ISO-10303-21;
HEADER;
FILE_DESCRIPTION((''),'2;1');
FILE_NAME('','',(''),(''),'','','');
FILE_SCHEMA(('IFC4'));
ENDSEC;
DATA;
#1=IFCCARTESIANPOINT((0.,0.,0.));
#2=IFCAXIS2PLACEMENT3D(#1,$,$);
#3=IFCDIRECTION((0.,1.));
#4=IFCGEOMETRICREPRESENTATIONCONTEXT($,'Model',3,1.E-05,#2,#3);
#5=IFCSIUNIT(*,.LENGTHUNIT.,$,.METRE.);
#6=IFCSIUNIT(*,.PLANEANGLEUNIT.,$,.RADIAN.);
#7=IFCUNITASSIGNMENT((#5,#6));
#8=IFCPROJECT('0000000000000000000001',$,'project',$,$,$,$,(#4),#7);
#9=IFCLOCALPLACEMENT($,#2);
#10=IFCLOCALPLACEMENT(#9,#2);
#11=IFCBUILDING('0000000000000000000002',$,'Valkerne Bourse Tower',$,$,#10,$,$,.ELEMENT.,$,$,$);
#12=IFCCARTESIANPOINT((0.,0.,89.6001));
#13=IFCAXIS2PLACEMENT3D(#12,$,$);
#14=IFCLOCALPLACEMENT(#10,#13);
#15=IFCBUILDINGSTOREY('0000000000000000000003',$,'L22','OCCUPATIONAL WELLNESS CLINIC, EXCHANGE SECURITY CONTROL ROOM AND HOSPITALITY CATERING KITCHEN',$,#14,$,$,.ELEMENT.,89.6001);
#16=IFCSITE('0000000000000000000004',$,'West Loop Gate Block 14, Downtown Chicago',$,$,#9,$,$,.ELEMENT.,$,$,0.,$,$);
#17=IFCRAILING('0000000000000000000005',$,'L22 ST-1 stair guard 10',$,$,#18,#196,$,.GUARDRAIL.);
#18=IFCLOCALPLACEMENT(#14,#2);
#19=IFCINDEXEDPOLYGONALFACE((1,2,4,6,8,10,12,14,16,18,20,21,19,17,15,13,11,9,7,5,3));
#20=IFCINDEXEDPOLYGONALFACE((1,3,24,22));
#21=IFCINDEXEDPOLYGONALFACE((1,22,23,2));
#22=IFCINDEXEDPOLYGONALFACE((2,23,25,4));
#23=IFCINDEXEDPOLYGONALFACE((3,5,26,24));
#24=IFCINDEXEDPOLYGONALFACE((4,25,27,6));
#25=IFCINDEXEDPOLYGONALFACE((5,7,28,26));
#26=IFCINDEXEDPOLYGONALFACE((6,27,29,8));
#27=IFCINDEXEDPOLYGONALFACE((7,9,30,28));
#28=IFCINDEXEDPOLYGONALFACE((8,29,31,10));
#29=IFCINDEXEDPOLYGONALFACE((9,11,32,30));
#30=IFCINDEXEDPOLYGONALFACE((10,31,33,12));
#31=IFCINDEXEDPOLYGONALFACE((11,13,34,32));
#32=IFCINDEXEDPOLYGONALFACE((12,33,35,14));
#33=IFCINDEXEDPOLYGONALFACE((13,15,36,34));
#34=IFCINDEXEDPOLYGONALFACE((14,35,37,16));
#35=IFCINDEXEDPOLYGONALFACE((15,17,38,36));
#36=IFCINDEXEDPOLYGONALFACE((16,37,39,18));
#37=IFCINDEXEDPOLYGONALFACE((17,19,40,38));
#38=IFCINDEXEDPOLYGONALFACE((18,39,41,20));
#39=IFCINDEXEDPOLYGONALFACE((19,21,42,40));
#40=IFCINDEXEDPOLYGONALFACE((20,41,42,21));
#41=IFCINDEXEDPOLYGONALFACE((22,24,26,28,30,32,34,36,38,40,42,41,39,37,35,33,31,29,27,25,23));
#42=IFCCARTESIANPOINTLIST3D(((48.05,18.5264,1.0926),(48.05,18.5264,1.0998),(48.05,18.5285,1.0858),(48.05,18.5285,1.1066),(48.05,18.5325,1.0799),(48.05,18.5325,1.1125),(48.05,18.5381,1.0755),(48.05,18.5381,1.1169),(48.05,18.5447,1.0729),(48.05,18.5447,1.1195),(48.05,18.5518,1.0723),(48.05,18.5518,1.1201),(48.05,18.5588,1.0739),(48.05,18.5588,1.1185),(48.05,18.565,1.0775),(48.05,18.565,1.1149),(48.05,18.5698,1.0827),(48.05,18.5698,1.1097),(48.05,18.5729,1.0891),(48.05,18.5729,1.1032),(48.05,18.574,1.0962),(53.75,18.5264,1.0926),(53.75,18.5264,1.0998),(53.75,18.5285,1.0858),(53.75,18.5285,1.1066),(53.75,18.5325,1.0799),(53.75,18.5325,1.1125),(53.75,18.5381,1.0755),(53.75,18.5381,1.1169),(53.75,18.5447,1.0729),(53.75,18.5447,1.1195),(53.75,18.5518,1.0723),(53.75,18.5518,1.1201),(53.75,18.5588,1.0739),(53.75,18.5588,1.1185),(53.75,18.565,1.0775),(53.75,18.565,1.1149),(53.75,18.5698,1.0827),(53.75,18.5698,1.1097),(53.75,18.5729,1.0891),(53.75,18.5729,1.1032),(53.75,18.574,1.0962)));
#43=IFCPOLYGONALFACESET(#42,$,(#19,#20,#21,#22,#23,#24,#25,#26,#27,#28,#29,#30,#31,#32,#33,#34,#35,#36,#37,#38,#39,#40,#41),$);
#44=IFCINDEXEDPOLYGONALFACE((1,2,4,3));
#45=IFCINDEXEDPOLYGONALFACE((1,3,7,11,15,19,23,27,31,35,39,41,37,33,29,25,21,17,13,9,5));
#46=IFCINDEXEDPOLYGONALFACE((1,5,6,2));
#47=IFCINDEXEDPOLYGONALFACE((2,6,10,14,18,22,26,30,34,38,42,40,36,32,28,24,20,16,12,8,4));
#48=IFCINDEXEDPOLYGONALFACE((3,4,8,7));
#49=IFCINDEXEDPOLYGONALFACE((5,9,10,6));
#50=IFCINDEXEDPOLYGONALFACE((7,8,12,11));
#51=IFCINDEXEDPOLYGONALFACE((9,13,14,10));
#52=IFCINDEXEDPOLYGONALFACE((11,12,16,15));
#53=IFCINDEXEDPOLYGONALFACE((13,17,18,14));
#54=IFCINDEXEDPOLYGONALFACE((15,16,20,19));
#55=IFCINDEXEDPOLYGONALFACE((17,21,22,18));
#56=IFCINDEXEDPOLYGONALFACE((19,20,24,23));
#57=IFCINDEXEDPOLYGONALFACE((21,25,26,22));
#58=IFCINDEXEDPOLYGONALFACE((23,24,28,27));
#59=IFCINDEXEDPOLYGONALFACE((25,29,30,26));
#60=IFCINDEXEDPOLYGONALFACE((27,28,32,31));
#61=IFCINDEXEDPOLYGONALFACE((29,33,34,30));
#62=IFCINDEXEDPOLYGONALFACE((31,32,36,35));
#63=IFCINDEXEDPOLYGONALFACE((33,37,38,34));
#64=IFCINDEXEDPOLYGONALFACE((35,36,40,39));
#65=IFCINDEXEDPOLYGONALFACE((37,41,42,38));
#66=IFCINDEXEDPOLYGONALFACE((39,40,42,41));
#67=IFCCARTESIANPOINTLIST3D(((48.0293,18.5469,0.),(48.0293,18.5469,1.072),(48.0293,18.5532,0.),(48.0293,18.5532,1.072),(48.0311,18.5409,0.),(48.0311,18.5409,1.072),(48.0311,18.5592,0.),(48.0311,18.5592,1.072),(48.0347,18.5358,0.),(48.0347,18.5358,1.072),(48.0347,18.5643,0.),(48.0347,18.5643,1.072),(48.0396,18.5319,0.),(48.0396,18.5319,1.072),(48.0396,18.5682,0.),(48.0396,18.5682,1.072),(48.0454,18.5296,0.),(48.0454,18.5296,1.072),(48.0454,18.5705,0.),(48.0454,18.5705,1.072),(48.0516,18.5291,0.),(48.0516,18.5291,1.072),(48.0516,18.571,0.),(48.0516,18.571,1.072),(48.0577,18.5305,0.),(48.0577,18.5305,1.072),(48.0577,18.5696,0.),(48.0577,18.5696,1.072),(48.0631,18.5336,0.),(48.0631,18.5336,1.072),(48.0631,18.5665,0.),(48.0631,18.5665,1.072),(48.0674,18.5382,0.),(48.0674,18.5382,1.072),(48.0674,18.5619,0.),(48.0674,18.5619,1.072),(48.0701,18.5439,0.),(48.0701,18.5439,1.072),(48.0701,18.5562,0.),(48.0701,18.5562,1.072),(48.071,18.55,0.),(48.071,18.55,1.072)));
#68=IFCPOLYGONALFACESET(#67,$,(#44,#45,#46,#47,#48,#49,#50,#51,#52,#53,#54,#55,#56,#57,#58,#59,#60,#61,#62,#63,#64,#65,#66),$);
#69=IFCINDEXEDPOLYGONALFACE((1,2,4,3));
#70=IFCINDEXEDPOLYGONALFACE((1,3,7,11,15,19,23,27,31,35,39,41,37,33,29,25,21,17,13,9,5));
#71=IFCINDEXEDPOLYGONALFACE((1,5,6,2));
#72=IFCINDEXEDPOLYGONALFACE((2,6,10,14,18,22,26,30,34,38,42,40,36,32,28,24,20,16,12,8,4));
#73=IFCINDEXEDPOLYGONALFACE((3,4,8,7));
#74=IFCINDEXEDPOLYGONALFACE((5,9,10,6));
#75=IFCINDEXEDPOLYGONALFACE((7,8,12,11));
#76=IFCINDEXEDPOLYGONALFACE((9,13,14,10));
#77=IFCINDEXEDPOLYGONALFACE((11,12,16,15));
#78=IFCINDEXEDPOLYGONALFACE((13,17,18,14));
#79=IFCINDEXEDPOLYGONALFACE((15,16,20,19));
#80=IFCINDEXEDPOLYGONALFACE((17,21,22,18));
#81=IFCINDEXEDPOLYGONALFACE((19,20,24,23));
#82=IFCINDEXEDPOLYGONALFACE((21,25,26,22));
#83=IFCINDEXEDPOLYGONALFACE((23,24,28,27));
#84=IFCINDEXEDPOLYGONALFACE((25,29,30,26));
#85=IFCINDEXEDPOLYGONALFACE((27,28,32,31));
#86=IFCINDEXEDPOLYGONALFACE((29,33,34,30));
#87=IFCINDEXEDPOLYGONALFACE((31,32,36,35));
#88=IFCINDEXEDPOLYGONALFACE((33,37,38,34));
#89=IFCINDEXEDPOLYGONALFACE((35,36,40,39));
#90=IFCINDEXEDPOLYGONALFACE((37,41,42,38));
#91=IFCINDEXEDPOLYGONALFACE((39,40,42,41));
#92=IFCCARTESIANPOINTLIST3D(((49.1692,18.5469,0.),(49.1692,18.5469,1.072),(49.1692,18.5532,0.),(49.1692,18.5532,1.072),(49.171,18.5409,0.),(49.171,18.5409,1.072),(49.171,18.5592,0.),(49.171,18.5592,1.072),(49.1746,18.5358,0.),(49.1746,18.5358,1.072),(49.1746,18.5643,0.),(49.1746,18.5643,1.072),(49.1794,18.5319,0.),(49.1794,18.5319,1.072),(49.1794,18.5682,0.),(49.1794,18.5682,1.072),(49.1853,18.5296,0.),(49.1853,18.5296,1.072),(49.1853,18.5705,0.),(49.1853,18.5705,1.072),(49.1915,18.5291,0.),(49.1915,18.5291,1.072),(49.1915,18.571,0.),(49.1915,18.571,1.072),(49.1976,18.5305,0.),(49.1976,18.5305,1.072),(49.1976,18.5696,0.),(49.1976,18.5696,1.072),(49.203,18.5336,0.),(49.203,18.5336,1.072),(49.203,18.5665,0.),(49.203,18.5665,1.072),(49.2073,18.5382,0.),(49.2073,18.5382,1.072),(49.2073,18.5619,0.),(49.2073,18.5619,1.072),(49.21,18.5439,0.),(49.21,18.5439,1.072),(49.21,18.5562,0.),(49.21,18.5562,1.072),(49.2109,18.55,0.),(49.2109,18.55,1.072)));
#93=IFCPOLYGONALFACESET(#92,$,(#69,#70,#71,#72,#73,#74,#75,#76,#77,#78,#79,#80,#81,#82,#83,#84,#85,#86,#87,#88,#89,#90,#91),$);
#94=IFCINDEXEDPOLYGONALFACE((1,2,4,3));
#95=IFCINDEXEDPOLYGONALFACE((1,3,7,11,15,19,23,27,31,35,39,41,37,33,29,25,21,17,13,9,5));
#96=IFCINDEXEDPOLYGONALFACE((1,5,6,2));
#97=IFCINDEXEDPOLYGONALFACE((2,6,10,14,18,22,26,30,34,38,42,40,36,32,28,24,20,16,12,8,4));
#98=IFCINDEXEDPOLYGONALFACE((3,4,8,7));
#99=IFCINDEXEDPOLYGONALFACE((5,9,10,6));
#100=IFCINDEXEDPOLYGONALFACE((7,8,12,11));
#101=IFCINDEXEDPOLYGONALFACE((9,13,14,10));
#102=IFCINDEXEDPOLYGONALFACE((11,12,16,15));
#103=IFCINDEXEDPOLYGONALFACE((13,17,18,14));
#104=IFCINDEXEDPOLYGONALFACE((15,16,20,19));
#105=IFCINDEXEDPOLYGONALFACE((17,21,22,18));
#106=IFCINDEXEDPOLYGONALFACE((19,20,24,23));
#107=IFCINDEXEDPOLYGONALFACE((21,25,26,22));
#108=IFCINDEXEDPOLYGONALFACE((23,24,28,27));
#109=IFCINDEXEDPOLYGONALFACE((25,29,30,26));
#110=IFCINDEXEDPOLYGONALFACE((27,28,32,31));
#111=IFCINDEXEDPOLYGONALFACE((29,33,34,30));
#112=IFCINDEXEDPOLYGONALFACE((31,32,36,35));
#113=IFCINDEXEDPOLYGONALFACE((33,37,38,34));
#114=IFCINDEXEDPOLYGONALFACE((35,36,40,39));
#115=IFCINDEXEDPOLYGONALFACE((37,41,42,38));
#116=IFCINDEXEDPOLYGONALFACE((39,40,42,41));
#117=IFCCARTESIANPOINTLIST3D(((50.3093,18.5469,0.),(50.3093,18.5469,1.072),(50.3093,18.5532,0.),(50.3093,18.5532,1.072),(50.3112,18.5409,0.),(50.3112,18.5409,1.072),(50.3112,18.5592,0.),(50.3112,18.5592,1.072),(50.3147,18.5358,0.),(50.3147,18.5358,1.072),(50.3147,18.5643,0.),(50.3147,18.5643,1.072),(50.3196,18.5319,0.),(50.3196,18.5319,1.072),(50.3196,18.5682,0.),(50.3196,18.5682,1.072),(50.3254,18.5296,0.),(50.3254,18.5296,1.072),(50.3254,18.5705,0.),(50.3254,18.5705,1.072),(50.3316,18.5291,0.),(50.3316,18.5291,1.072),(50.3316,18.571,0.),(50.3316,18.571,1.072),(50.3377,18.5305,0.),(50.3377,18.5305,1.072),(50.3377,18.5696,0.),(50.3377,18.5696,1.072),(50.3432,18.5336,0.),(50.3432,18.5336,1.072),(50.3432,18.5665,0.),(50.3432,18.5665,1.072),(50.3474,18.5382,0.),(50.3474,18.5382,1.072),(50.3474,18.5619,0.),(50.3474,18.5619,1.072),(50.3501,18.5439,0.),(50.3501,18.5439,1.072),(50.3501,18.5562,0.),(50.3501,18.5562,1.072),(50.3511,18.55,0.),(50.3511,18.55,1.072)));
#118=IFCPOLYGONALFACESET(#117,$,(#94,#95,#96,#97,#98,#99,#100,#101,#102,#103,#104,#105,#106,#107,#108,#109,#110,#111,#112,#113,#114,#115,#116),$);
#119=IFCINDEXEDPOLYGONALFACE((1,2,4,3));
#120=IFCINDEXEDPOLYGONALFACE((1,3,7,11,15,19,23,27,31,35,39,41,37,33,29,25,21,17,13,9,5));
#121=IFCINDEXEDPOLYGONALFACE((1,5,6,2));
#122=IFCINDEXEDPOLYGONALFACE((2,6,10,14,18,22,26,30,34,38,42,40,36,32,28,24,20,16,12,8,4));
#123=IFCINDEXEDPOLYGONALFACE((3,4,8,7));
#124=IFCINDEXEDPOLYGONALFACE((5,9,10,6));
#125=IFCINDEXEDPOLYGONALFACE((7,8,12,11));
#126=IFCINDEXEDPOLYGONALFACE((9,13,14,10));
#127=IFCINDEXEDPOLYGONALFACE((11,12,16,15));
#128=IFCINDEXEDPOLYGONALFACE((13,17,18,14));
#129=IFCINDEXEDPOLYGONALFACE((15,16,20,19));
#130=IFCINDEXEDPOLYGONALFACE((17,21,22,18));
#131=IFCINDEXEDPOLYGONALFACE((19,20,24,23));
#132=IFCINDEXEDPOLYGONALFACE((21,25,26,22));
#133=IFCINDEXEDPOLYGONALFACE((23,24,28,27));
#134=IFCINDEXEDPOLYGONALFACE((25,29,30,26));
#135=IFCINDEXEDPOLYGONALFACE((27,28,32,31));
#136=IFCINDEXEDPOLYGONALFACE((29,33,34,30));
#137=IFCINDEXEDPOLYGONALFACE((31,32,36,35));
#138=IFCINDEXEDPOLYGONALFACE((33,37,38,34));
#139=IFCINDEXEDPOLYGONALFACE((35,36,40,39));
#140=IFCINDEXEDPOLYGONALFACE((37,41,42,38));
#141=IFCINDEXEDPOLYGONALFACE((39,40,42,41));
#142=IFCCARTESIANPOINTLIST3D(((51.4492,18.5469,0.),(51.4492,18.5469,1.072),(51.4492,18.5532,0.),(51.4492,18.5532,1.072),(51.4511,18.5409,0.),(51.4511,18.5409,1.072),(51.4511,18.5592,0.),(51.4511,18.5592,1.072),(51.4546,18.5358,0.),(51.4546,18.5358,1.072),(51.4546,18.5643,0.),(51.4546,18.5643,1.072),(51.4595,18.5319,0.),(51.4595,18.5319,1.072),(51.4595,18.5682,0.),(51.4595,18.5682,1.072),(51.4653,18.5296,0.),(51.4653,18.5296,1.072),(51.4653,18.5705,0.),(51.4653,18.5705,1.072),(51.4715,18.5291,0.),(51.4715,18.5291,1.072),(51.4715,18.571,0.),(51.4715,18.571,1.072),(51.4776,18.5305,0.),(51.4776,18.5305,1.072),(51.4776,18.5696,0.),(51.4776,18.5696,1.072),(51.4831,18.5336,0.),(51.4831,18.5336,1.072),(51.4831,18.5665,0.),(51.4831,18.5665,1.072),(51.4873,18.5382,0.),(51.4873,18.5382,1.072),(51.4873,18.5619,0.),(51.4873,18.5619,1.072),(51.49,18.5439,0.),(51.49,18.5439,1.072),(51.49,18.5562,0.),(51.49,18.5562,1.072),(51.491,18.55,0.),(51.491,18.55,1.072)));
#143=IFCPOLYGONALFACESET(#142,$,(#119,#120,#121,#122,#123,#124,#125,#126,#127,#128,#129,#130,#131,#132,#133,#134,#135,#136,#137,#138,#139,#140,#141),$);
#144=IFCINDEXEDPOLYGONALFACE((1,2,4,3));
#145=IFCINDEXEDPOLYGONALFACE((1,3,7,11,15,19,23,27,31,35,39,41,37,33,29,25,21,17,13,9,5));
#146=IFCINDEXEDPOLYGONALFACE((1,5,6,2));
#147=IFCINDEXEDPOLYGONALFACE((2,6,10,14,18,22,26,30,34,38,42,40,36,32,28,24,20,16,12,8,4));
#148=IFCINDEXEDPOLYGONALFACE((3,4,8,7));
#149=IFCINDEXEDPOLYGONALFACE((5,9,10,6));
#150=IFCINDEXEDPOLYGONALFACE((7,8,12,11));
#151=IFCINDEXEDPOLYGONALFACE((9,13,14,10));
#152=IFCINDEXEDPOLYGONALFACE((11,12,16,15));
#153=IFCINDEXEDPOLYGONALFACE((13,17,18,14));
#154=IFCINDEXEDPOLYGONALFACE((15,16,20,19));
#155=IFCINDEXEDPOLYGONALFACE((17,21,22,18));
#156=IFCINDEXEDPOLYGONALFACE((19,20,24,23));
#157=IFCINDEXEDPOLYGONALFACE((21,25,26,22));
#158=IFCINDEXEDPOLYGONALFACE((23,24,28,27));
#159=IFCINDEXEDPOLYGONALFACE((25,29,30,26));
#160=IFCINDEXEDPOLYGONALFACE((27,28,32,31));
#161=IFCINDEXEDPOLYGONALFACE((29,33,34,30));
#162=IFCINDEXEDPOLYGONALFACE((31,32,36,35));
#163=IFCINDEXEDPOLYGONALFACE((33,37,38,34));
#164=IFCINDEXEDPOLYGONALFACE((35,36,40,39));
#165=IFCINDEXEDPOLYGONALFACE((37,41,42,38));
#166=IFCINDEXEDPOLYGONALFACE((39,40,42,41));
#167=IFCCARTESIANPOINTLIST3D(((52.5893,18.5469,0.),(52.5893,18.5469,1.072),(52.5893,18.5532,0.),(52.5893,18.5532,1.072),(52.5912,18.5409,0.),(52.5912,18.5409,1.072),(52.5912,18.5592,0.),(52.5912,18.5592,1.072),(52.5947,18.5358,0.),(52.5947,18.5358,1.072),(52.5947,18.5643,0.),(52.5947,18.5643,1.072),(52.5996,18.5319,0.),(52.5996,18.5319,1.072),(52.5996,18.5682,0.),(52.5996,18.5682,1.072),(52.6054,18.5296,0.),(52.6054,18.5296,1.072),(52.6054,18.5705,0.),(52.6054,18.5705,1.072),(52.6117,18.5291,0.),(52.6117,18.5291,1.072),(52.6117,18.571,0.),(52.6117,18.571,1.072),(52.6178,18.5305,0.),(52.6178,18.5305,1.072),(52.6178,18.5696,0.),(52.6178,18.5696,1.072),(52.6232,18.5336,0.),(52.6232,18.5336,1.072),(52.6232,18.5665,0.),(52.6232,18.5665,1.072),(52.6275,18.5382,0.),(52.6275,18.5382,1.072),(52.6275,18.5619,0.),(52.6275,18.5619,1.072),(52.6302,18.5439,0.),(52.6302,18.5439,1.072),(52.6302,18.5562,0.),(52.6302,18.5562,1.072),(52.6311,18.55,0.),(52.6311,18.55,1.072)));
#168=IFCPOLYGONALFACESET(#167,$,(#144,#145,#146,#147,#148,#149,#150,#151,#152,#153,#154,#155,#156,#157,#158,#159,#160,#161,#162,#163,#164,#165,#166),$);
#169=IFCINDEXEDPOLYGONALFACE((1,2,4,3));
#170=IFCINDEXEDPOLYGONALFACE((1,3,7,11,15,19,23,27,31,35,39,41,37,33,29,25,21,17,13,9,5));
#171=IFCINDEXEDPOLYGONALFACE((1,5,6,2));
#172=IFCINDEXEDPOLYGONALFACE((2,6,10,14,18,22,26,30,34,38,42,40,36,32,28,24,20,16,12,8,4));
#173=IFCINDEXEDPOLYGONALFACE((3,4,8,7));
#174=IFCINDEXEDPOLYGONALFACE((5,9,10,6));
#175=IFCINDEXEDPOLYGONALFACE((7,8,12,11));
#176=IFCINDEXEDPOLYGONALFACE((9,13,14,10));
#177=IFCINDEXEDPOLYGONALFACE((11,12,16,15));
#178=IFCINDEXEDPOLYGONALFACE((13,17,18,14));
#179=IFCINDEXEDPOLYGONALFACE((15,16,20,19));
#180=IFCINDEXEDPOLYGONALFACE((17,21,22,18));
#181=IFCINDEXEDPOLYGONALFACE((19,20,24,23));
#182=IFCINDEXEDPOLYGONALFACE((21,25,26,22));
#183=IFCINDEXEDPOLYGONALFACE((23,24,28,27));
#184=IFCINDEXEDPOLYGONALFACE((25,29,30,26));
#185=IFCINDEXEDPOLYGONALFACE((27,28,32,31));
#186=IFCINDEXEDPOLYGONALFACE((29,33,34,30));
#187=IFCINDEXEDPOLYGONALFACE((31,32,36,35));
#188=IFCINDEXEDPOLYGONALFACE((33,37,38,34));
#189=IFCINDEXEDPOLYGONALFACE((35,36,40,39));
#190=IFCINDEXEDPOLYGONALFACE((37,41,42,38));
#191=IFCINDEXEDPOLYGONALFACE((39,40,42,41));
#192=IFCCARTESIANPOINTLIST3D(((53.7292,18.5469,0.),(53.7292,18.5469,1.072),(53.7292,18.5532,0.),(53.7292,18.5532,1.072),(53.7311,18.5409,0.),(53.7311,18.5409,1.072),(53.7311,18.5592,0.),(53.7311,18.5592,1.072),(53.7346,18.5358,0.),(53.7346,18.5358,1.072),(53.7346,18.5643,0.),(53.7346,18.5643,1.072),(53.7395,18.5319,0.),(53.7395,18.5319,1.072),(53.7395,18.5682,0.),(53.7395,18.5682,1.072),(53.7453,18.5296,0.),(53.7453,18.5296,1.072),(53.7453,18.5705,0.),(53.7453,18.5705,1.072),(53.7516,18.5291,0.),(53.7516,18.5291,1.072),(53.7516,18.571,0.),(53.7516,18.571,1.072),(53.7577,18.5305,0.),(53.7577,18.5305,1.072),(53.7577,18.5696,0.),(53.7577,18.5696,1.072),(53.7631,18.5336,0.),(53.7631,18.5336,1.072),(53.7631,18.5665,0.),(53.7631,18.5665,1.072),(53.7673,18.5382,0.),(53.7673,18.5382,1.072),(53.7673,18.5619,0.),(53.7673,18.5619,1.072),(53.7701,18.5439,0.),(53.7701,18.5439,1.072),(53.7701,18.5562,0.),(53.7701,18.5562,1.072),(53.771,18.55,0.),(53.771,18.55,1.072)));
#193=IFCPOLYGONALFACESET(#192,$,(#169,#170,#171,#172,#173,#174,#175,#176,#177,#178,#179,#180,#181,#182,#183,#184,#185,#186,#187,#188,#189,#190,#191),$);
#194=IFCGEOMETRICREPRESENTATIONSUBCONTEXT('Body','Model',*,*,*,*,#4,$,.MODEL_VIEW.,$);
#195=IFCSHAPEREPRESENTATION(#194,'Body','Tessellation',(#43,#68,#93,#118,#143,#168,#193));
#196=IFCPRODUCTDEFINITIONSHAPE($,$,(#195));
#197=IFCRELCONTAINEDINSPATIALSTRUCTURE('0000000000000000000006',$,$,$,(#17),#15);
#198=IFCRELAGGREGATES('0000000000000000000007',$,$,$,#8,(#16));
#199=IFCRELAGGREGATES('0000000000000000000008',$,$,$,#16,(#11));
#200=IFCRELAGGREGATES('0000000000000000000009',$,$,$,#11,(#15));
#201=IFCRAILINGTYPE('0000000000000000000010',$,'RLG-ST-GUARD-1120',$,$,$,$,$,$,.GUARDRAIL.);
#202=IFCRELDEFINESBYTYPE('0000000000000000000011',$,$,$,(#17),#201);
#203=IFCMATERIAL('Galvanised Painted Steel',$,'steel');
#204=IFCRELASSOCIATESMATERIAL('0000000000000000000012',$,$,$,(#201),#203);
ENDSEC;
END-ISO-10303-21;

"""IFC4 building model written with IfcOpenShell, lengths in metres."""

from ifc_helpers import new_model, si_unit, direction, frame, origin, origin_2d, place, context, subcontext, project, spatial, circle, extrude, material, type_object, element, save


model = new_model("IFC4")

# Units and contexts
model_context = context("Model", 3, precision=1e-05, world=origin(), true_north=direction((0.0, 1.0)))
body_context = subcontext(model_context, "Body", "Model", "MODEL_VIEW")
ifc_project = project(units=[si_unit("LENGTHUNIT", "METRE"), si_unit("PLANEANGLEUNIT", "RADIAN")], contexts=[model_context])

# Site, building, storey
site_placement = place(None, origin())
site = spatial("IfcSite", under=ifc_project, at=site_placement, Name="West Loop Gate Block 14, Downtown Chicago", CompositionType="ELEMENT", RefElevation=0.0)
building_placement = place(site_placement, origin())
building = spatial("IfcBuilding", under=site, at=building_placement, Name="Valkerne Bourse Tower", CompositionType="ELEMENT")
storey_placement = place(building_placement, frame((0.0, 0.0, 89.6001)))
storey = spatial("IfcBuildingStorey", under=building, at=storey_placement, Name="L22", Description="OCCUPATIONAL WELLNESS CLINIC, EXCHANGE SECURITY CONTROL ROOM AND HOSPITALITY CATERING KITCHEN", CompositionType="ELEMENT", Elevation=89.6001)

# Shared definitions
ifc_material_1 = material(Name="Galvanised Painted Steel", Category="steel")

# Railing
railing_type = type_object("IfcRailingType", Name="RLG-ST-GUARD-1120", PredefinedType="GUARDRAIL", material=ifc_material_1)
for number, where, name in (
    (1, (48.05, 18.55, 0.0), "L22 ST-1 stair guard 10"),
):
    element("IfcRailing", number, at=place(storey_placement, frame(where)), inside=storey, type_object=railing_type, Name=name, PredefinedType="GUARDRAIL", context=body_context, shape_type="SweptSolid", body=[
        extrude(circle(Radius=0.0239, at=origin_2d()), frame((0.0, 0.0, 1.0962), z_axis=(1.0, 0.0, 0.0), x_axis=(0.0, 1.0, 0.0)), (0.0, 0.0, 1.0), 5.7),
        extrude(circle(Radius=0.021, at=origin_2d()), origin(), (0.0, 0.0, 1.0), 1.072),
        extrude(circle(Radius=0.021, at=origin_2d()), frame((1.1399, 0.0, 0.0)), (0.0, 0.0, 1.0), 1.072),
        extrude(circle(Radius=0.021, at=origin_2d()), frame((2.28, 0.0, 0.0)), (0.0, 0.0, 1.0), 1.072),
        extrude(circle(Radius=0.021, at=origin_2d()), frame((3.4199, 0.0, 0.0)), (0.0, 0.0, 1.0), 1.072),
        extrude(circle(Radius=0.021, at=origin_2d()), frame((4.5601, 0.0, 0.0)), (0.0, 0.0, 1.0), 1.072),
        extrude(circle(Radius=0.021, at=origin_2d()), frame((5.7, 0.0, 0.0)), (0.0, 0.0, 1.0), 1.072),
    ])

save(model, "model.ifc")
